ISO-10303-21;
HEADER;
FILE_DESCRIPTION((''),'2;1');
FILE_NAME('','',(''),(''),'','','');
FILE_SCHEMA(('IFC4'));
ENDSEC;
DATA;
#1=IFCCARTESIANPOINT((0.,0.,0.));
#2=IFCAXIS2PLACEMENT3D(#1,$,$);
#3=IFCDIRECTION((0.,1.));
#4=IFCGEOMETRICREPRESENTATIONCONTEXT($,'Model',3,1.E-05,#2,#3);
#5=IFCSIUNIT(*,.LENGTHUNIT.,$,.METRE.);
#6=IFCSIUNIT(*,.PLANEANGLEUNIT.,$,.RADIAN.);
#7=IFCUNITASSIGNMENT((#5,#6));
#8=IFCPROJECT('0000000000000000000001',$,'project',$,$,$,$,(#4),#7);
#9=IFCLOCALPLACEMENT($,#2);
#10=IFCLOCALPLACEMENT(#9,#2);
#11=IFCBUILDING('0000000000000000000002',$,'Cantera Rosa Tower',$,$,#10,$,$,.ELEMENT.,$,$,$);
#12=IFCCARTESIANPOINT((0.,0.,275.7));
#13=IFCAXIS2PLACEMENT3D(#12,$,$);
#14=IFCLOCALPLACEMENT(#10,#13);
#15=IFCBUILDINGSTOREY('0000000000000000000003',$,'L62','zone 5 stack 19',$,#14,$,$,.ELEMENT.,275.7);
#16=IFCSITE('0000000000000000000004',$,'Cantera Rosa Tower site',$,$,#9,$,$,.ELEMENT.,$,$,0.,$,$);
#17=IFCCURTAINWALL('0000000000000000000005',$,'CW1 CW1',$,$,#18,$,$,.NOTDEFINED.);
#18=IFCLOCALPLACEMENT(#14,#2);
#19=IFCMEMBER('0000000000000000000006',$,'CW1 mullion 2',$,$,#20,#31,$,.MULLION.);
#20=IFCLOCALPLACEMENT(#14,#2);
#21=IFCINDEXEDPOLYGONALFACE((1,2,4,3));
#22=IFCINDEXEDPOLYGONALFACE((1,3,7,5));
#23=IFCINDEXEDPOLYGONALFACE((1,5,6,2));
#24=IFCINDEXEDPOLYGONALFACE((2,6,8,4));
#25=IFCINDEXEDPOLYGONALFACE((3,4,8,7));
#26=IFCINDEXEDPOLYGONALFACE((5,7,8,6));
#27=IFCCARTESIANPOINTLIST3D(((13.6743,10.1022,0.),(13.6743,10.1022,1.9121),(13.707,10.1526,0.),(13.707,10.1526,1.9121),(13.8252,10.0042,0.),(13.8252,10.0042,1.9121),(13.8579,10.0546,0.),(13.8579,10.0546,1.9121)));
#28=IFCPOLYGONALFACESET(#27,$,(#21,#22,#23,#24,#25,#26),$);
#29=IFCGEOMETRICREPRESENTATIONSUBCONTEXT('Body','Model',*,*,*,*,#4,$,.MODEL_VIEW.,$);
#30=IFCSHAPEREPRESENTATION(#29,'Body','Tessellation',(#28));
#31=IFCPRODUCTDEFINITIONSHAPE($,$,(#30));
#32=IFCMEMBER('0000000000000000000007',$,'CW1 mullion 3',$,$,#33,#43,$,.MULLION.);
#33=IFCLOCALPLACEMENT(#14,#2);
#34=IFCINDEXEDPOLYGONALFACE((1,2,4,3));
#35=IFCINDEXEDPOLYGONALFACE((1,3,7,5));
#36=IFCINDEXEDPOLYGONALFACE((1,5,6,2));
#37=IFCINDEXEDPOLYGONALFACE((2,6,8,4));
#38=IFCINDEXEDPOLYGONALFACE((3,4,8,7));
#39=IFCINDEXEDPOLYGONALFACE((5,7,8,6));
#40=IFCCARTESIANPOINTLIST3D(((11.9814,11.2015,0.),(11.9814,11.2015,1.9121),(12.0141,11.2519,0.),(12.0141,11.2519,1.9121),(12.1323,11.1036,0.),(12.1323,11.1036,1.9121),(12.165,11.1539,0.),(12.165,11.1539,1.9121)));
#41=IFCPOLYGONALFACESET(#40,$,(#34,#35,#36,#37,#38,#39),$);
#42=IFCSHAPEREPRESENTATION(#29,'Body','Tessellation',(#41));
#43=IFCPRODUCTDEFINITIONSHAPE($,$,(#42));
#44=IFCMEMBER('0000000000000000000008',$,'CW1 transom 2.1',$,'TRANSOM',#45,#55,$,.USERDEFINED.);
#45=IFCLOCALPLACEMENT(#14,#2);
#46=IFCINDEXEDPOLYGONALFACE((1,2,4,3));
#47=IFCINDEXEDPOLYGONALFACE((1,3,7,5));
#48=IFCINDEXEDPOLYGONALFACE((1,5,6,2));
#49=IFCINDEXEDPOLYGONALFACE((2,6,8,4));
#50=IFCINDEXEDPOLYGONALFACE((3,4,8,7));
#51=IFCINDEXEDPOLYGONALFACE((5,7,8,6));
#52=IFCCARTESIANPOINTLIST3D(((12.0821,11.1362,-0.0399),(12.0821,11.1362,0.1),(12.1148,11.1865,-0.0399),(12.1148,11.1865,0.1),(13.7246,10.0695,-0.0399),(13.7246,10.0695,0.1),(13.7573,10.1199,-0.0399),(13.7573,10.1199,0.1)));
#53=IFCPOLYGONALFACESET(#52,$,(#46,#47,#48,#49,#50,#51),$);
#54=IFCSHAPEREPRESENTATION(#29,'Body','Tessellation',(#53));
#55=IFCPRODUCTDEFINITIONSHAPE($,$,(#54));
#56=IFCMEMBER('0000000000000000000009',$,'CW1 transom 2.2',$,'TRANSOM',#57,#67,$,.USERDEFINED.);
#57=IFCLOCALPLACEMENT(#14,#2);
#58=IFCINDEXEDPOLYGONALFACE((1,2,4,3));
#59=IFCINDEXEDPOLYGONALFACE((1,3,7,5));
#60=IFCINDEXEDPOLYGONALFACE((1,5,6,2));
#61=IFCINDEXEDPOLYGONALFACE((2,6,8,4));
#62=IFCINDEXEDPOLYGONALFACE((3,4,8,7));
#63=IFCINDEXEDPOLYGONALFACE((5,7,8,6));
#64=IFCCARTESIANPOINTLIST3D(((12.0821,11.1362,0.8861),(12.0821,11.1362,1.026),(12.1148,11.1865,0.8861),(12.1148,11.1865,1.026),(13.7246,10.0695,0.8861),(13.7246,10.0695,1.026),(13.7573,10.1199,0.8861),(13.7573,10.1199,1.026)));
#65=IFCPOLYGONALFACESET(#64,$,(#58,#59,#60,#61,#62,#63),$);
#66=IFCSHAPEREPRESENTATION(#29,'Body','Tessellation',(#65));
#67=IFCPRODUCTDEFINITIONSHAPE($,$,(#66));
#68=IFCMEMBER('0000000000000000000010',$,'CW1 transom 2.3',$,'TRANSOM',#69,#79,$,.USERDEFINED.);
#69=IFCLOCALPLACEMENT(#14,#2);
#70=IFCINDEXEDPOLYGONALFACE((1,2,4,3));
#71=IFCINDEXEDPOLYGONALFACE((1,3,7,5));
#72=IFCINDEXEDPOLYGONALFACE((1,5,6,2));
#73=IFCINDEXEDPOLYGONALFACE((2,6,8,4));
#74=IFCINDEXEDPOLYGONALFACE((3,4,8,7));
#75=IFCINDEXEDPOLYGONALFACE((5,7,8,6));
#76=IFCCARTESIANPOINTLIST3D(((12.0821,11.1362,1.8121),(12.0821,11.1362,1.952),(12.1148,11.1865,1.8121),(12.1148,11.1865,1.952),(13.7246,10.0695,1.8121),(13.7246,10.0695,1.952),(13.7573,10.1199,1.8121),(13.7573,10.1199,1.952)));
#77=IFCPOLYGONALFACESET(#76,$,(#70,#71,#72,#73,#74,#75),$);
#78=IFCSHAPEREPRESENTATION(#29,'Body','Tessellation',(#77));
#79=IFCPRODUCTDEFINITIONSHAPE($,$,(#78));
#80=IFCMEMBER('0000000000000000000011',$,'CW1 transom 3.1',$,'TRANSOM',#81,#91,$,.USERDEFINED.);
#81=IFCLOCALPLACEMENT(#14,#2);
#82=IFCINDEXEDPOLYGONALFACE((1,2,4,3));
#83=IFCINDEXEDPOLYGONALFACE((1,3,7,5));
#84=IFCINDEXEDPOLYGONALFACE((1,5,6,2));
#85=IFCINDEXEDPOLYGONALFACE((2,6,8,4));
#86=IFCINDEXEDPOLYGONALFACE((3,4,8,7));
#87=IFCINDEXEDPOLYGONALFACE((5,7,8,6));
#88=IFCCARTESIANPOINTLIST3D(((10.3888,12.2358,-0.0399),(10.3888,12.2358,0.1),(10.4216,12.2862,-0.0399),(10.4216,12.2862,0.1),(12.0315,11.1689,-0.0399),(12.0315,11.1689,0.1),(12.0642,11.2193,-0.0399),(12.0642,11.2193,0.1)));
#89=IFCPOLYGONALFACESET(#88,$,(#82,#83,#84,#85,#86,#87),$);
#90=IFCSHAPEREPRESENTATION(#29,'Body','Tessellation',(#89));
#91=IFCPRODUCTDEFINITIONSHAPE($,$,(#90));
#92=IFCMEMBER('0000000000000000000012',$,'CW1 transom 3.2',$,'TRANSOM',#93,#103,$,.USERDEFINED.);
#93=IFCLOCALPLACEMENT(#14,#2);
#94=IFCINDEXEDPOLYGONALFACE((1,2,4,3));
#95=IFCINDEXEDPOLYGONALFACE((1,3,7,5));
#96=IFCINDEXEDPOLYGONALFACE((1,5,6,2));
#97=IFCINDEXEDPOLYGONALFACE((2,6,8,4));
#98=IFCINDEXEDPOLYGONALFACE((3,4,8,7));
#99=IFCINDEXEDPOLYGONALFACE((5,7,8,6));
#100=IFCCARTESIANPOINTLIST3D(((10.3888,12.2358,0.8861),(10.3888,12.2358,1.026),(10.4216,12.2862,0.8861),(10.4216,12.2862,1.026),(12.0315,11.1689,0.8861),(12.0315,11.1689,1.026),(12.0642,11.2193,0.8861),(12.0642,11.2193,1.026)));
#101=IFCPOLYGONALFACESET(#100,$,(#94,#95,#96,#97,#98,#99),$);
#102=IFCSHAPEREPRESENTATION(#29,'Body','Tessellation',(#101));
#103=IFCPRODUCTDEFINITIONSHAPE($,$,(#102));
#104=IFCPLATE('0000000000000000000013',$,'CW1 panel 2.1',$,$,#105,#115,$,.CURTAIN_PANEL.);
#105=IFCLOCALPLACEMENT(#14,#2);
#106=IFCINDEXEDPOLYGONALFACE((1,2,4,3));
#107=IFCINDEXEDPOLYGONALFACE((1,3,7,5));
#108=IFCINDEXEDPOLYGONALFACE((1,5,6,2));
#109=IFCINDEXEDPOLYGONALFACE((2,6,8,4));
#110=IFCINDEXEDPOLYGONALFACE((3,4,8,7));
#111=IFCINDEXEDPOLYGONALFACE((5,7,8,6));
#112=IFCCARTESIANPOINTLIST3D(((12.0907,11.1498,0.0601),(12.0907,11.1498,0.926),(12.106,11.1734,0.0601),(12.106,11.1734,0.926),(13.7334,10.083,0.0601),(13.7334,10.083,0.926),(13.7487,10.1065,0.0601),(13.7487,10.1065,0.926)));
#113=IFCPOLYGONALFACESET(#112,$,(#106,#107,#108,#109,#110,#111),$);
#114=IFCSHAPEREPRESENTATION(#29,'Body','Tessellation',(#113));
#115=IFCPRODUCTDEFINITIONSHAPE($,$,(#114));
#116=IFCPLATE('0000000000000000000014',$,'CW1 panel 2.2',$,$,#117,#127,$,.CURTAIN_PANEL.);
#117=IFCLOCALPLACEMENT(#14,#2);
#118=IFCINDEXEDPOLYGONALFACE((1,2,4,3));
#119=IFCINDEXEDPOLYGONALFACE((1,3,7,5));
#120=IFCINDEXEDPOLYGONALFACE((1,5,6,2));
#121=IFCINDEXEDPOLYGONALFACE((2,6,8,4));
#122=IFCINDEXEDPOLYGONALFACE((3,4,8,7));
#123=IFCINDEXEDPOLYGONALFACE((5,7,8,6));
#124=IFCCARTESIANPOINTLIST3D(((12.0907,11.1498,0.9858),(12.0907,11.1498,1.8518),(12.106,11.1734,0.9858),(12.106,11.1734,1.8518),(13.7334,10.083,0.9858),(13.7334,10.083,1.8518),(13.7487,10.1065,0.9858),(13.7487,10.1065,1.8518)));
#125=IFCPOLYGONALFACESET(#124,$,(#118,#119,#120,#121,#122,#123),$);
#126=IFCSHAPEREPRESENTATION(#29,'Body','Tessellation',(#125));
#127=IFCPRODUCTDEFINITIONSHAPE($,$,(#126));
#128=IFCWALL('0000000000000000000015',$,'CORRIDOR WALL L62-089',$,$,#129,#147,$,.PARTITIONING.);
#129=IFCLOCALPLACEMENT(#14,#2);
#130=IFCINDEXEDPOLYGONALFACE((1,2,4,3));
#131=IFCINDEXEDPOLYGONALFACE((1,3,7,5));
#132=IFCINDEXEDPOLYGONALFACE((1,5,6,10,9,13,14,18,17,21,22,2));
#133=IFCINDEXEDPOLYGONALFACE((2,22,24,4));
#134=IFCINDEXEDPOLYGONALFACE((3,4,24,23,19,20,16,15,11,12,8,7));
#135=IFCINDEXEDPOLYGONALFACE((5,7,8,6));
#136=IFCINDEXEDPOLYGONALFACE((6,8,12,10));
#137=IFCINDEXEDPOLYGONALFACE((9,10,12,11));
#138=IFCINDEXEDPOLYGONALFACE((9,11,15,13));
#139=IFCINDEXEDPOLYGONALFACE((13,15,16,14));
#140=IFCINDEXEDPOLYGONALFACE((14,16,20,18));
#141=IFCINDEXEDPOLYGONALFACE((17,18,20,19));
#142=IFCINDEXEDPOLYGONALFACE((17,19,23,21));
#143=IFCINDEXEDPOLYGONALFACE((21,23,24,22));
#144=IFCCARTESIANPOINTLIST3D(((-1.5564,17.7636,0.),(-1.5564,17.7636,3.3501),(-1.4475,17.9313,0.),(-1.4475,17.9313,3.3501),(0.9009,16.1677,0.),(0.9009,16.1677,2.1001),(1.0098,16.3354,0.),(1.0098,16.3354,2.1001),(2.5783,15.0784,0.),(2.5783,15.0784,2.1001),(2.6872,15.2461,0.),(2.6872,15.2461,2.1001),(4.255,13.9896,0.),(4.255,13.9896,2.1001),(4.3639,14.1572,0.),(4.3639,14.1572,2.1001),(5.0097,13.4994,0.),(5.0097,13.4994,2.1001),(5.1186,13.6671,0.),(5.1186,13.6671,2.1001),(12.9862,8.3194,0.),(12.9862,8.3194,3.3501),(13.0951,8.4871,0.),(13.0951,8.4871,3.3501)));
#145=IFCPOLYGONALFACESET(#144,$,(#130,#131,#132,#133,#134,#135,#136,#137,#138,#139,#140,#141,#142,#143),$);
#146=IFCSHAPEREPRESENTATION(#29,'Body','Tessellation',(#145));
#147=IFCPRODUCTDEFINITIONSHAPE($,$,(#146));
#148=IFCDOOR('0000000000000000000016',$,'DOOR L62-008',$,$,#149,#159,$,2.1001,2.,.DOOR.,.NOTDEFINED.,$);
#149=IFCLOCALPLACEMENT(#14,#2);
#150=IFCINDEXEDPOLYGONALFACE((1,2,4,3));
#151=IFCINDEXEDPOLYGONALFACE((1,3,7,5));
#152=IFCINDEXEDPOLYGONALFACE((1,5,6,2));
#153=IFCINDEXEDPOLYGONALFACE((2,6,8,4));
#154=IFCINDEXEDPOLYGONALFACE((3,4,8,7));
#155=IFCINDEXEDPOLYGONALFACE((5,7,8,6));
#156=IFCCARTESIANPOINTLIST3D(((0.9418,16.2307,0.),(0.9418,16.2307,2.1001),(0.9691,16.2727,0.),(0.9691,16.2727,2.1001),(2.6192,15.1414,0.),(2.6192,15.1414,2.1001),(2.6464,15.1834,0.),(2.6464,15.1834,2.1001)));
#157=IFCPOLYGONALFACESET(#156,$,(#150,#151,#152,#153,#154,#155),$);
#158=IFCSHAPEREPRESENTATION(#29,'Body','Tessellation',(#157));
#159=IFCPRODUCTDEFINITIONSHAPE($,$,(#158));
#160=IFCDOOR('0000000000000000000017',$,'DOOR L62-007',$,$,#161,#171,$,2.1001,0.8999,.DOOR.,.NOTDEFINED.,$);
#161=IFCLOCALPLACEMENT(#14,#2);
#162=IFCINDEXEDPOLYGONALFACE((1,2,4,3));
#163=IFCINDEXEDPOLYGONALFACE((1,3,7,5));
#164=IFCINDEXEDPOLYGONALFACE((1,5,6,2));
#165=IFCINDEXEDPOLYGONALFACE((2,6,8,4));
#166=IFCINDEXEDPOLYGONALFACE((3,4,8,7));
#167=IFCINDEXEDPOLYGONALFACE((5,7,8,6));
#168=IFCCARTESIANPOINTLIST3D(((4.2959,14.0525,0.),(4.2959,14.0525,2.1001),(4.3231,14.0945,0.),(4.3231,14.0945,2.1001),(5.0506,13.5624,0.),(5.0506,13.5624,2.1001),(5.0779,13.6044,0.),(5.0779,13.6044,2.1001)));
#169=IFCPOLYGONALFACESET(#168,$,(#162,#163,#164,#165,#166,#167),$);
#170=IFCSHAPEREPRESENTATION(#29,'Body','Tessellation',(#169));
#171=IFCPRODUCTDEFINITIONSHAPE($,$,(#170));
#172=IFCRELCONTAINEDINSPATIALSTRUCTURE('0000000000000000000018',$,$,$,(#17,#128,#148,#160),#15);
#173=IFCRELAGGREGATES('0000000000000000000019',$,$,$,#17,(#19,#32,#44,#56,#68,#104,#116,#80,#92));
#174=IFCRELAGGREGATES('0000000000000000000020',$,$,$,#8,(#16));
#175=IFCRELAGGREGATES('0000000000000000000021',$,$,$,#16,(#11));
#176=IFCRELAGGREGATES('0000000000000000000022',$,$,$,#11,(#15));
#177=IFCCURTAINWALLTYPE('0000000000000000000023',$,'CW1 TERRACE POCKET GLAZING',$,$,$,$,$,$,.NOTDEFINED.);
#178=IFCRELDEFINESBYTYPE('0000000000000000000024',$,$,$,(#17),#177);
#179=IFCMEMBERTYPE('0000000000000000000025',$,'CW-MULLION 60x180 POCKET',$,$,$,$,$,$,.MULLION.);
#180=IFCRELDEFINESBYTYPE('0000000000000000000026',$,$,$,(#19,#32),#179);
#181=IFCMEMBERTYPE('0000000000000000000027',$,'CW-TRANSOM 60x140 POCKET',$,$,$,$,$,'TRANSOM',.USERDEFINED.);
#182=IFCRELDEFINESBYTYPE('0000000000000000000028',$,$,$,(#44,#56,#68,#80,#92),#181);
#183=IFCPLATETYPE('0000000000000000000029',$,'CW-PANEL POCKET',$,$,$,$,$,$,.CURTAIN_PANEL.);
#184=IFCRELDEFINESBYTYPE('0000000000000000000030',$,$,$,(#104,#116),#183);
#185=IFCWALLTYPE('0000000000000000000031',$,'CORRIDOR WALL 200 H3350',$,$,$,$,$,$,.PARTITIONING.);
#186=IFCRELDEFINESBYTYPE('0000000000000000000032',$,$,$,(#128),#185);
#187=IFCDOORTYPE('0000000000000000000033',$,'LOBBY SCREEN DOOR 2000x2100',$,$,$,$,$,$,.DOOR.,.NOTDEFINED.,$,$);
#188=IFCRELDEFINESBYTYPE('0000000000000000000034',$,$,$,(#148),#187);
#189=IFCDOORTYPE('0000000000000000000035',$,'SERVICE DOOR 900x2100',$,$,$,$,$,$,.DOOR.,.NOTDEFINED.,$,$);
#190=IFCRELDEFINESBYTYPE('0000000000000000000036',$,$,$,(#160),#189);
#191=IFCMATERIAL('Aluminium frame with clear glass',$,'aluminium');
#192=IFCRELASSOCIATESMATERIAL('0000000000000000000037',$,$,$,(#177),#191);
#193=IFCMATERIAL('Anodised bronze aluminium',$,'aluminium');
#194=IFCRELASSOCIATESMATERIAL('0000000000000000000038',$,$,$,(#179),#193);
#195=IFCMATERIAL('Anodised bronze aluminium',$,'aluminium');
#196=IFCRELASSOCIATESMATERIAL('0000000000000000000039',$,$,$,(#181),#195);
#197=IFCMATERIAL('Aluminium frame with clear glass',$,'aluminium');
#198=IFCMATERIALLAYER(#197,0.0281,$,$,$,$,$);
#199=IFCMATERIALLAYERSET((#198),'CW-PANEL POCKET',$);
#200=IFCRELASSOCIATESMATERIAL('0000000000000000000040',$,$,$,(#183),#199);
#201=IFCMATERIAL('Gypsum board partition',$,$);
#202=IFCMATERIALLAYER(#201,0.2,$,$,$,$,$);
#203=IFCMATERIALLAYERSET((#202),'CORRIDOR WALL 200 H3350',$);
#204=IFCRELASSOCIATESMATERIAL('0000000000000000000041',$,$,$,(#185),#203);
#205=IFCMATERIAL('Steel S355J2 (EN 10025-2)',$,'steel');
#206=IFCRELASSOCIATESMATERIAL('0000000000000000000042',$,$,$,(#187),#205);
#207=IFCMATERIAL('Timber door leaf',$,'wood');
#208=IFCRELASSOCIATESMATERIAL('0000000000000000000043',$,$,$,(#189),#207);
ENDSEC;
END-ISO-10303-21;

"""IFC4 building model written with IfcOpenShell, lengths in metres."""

from ifc_helpers import new_model, si_unit, direction, frame, frame_2d, origin, origin_2d, place, context, subcontext, project, spatial, rectangle, extrude, material, layer, layer_set, material_profile, profile_set, type_object, element, fill, aggregate, save


model = new_model("IFC4")

# Units and contexts
model_context = context("Model", 3, precision=1e-05, world=origin(), true_north=direction((0.0, 1.0)))
body_context = subcontext(model_context, "Body", "Model", "MODEL_VIEW")
ifc_project = project(units=[si_unit("LENGTHUNIT", "METRE"), si_unit("PLANEANGLEUNIT", "RADIAN")], contexts=[model_context])

# Site, building, storey
site_placement = place(None, origin())
site = spatial("IfcSite", under=ifc_project, at=site_placement, Name="Cantera Rosa Tower site", CompositionType="ELEMENT", RefElevation=0.0)
building_placement = place(site_placement, origin())
building = spatial("IfcBuilding", under=site, at=building_placement, Name="Cantera Rosa Tower", CompositionType="ELEMENT")
storey_placement = place(building_placement, frame((0.0, 0.0, 275.7)))
storey = spatial("IfcBuildingStorey", under=building, at=storey_placement, Name="L62", Description="zone 5 stack 19", CompositionType="ELEMENT", Elevation=275.7)

# Curtain wall, members, plates
ifc_material_1 = material(Name="Aluminium frame with clear glass", Category="aluminium")
curtain_wall_type = type_object("IfcCurtainWallType", Name="CW1 TERRACE POCKET GLAZING", PredefinedType="NOTDEFINED", material=ifc_material_1)
curtain_wall_placement = place(storey_placement, origin())
curtain_wall = element("IfcCurtainWall", 1, at=curtain_wall_placement, inside=storey, type_object=curtain_wall_type, Name="CW1 CW1", PredefinedType="NOTDEFINED")
ifc_material_2 = material(Name="Anodised bronze aluminium", Category="aluminium")
ifc_material_profile_1 = material_profile(ifc_material_2, rectangle(XDim=0.0601, YDim=0.1799, at=origin_2d()), Name="CW-MULLION 60x180 POCKET")
ifc_profile_set_1 = profile_set([ifc_material_profile_1], Name="Anodised bronze aluminium")
member_type_1 = type_object("IfcMemberType", Name="CW-MULLION 60x180 POCKET", PredefinedType="MULLION", material=ifc_profile_set_1)
member_1_placement = place(storey_placement, frame((13.7661, 10.0784, 0.0), z_axis=(0.0, 0.0, 1.0), x_axis=(-0.544639, -0.838671, 0.0)))
member_1 = element("IfcMember", 2, at=member_1_placement, type_object=member_type_1, Name="CW1 mullion 2", PredefinedType="MULLION", context=body_context, shape_type="SweptSolid", body=[
    extrude(rectangle(XDim=0.0601, YDim=0.1799, at=origin_2d()), origin(), (0.0, 0.0, 1.0), 1.9121),
])
member_2_placement = place(storey_placement, frame((12.0732, 11.1777, 0.0), z_axis=(0.0, 0.0, 1.0), x_axis=(-0.544639, -0.838671, 0.0)))
member_2 = element("IfcMember", 3, at=member_2_placement, type_object=member_type_1, Name="CW1 mullion 3", PredefinedType="MULLION", context=body_context, shape_type="SweptSolid", body=[
    extrude(rectangle(XDim=0.0601, YDim=0.1799, at=origin_2d()), origin(), (0.0, 0.0, 1.0), 1.9121),
])
ifc_material_3 = material(Name="Anodised bronze aluminium", Category="aluminium")
ifc_material_profile_2 = material_profile(ifc_material_3, rectangle(XDim=0.0601, YDim=0.1399, at=origin_2d()), Name="CW-TRANSOM 60x140 POCKET")
ifc_profile_set_2 = profile_set([ifc_material_profile_2], Name="Anodised bronze aluminium")
member_type_2 = type_object("IfcMemberType", Name="CW-TRANSOM 60x140 POCKET", ElementType="TRANSOM", PredefinedType="USERDEFINED", material=ifc_profile_set_2)
member_3_placement = place(storey_placement, frame((13.741, 10.0947, 0.03), z_axis=(-0.838683, 0.54462, 0.0), x_axis=(-0.54462, -0.838683, 0.0)))
member_3 = element("IfcMember", 4, at=member_3_placement, type_object=member_type_2, Name="CW1 transom 2.1", ObjectType="TRANSOM", PredefinedType="USERDEFINED", context=body_context, shape_type="SweptSolid", body=[
    extrude(rectangle(XDim=0.0601, YDim=0.1399, at=origin_2d()), origin(), (0.0, 0.0, 1.0), 1.9585),
])
member_4_placement = place(storey_placement, frame((13.741, 10.0947, 0.9561), z_axis=(-0.838683, 0.54462, 0.0), x_axis=(-0.54462, -0.838683, 0.0)))
member_4 = element("IfcMember", 5, at=member_4_placement, type_object=member_type_2, Name="CW1 transom 2.2", ObjectType="TRANSOM", PredefinedType="USERDEFINED", context=body_context, shape_type="SweptSolid", body=[
    extrude(rectangle(XDim=0.0601, YDim=0.1399, at=origin_2d()), origin(), (0.0, 0.0, 1.0), 1.9585),
])
member_5_placement = place(storey_placement, frame((13.741, 10.0947, 1.8821), z_axis=(-0.838683, 0.54462, 0.0), x_axis=(-0.54462, -0.838683, 0.0)))
member_5 = element("IfcMember", 6, at=member_5_placement, type_object=member_type_2, Name="CW1 transom 2.3", ObjectType="TRANSOM", PredefinedType="USERDEFINED", context=body_context, shape_type="SweptSolid", body=[
    extrude(rectangle(XDim=0.0601, YDim=0.1399, at=origin_2d()), origin(), (0.0, 0.0, 1.0), 1.9585),
])
member_6_placement = place(storey_placement, frame((12.0479, 11.1941, 0.03), z_axis=(-0.838626, 0.544708, 0.0), x_axis=(-0.544708, -0.838626, 0.0)))
member_6 = element("IfcMember", 7, at=member_6_placement, type_object=member_type_2, Name="CW1 transom 3.1", ObjectType="TRANSOM", PredefinedType="USERDEFINED", context=body_context, shape_type="SweptSolid", body=[
    extrude(rectangle(XDim=0.0601, YDim=0.1399, at=origin_2d()), origin(), (0.0, 0.0, 1.0), 1.9587),
])
member_7_placement = place(storey_placement, frame((12.0479, 11.1941, 0.9561), z_axis=(-0.838626, 0.544708, 0.0), x_axis=(-0.544708, -0.838626, 0.0)))
member_7 = element("IfcMember", 8, at=member_7_placement, type_object=member_type_2, Name="CW1 transom 3.2", ObjectType="TRANSOM", PredefinedType="USERDEFINED", context=body_context, shape_type="SweptSolid", body=[
    extrude(rectangle(XDim=0.0601, YDim=0.1399, at=origin_2d()), origin(), (0.0, 0.0, 1.0), 1.9587),
])
ifc_material_4 = material(Name="Aluminium frame with clear glass", Category="aluminium")
ifc_layer_1 = layer(ifc_material_4, 0.0281)
ifc_layer_set_1 = layer_set([ifc_layer_1], Name="CW-PANEL POCKET")
plate_type = type_object("IfcPlateType", Name="CW-PANEL POCKET", PredefinedType="CURTAIN_PANEL", material=ifc_layer_set_1)
plate_1_placement = place(storey_placement, frame((12.9197, 10.6282, 0.0601), z_axis=(0.0, 0.0, 1.0), x_axis=(-0.838671, 0.544639, 0.0)))
plate_1 = element("IfcPlate", 9, at=plate_1_placement, type_object=plate_type, Name="CW1 panel 2.1", PredefinedType="CURTAIN_PANEL", context=body_context, shape_type="SweptSolid", body=[
    extrude(rectangle(XDim=1.9587, YDim=0.0281, at=origin_2d()), origin(), (0.0, 0.0, 1.0), 0.866),
])
plate_2_placement = place(storey_placement, frame((12.9197, 10.6282, 0.9858), z_axis=(0.0, 0.0, 1.0), x_axis=(-0.838671, 0.544639, 0.0)))
plate_2 = element("IfcPlate", 10, at=plate_2_placement, type_object=plate_type, Name="CW1 panel 2.2", PredefinedType="CURTAIN_PANEL", context=body_context, shape_type="SweptSolid", body=[
    extrude(rectangle(XDim=1.9587, YDim=0.0281, at=origin_2d()), origin(), (0.0, 0.0, 1.0), 0.866),
])
aggregate(curtain_wall, [member_1, member_2, member_3, member_4, member_5, plate_1, plate_2, member_6, member_7])

# Wall, openings, doors
ifc_material_5 = material(Name="Gypsum board partition")
ifc_layer_2 = layer(ifc_material_5, 0.2)
ifc_layer_set_2 = layer_set([ifc_layer_2], Name="CORRIDOR WALL 200 H3350")
wall_type_1 = type_object("IfcWallType", Name="CORRIDOR WALL 200 H3350", PredefinedType="PARTITIONING", material=ifc_layer_set_2)
wall_1_placement = place(storey_placement, frame((13.0405, 8.4033, 0.0), z_axis=(0.0, 0.0, 1.0), x_axis=(-0.838668, 0.544643, 0.0)))
wall_1 = element("IfcWall", 11, at=wall_1_placement, inside=storey, type_object=wall_type_1, Name="CORRIDOR WALL L62-089", PredefinedType="PARTITIONING", context=body_context, shape_type="SweptSolid", body=[
    extrude(rectangle(XDim=17.3401, YDim=0.2, at=frame_2d((8.6699, 0.0))), origin(), (0.0, 0.0, 1.0), 3.3501),
])
opening_1_placement = place(wall_1_placement, frame((9.5107, 0.0, 0.0)))
opening_1 = element("IfcOpeningElement", 12, at=opening_1_placement, cuts=wall_1, PredefinedType="OPENING", context=body_context, shape_type="SweptSolid", body=[
    extrude(rectangle(XDim=0.8999, YDim=2.1001, at=frame_2d((0.45, 1.05))), frame((0.0, 0.1099, 0.0), z_axis=(0.0, -1.0, 0.0), x_axis=(1.0, 0.0, 0.0)), (0.0, 0.0, 1.0), 0.22),
])
opening_2_placement = place(wall_1_placement, frame((12.4099, 0.0, 0.0)))
opening_2 = element("IfcOpeningElement", 13, at=opening_2_placement, cuts=wall_1, PredefinedType="OPENING", context=body_context, shape_type="SweptSolid", body=[
    extrude(rectangle(XDim=2.0, YDim=2.1001, at=frame_2d((1.0, 1.05))), frame((0.0, 0.1099, 0.0), z_axis=(0.0, -1.0, 0.0), x_axis=(1.0, 0.0, 0.0)), (0.0, 0.0, 1.0), 0.22),
])
ifc_material_6 = material(Name="Steel S355J2 (EN 10025-2)", Category="steel")
door_type_1 = type_object("IfcDoorType", Name="LOBBY SCREEN DOOR 2000x2100", OperationType="NOTDEFINED", PredefinedType="DOOR", material=ifc_material_6)
door_1_placement = place(opening_2_placement, origin())
door_1 = element("IfcDoor", 14, at=door_1_placement, inside=storey, type_object=door_type_1, Name="DOOR L62-008", OperationType="NOTDEFINED", OverallHeight=2.1001, OverallWidth=2.0, PredefinedType="DOOR", context=body_context, shape_type="SweptSolid", body=[
    extrude(rectangle(XDim=2.0, YDim=2.1001, at=frame_2d((1.0, 1.05))), frame((0.0, 0.0249, 0.0), z_axis=(0.0, -1.0, 0.0), x_axis=(1.0, 0.0, 0.0)), (0.0, 0.0, 1.0), 0.05),
])
fill(opening_2, door_1)
ifc_material_7 = material(Name="Timber door leaf", Category="wood")
door_type_2 = type_object("IfcDoorType", Name="SERVICE DOOR 900x2100", OperationType="NOTDEFINED", PredefinedType="DOOR", material=ifc_material_7)
door_2_placement = place(opening_1_placement, origin())
door_2 = element("IfcDoor", 15, at=door_2_placement, inside=storey, type_object=door_type_2, Name="DOOR L62-007", OperationType="NOTDEFINED", OverallHeight=2.1001, OverallWidth=0.8999, PredefinedType="DOOR", context=body_context, shape_type="SweptSolid", body=[
    extrude(rectangle(XDim=0.8999, YDim=2.1001, at=frame_2d((0.45, 1.05))), frame((0.0, 0.0249, 0.0), z_axis=(0.0, -1.0, 0.0), x_axis=(1.0, 0.0, 0.0)), (0.0, 0.0, 1.0), 0.05),
])
fill(opening_1, door_2)

save(model, "model.ifc")
